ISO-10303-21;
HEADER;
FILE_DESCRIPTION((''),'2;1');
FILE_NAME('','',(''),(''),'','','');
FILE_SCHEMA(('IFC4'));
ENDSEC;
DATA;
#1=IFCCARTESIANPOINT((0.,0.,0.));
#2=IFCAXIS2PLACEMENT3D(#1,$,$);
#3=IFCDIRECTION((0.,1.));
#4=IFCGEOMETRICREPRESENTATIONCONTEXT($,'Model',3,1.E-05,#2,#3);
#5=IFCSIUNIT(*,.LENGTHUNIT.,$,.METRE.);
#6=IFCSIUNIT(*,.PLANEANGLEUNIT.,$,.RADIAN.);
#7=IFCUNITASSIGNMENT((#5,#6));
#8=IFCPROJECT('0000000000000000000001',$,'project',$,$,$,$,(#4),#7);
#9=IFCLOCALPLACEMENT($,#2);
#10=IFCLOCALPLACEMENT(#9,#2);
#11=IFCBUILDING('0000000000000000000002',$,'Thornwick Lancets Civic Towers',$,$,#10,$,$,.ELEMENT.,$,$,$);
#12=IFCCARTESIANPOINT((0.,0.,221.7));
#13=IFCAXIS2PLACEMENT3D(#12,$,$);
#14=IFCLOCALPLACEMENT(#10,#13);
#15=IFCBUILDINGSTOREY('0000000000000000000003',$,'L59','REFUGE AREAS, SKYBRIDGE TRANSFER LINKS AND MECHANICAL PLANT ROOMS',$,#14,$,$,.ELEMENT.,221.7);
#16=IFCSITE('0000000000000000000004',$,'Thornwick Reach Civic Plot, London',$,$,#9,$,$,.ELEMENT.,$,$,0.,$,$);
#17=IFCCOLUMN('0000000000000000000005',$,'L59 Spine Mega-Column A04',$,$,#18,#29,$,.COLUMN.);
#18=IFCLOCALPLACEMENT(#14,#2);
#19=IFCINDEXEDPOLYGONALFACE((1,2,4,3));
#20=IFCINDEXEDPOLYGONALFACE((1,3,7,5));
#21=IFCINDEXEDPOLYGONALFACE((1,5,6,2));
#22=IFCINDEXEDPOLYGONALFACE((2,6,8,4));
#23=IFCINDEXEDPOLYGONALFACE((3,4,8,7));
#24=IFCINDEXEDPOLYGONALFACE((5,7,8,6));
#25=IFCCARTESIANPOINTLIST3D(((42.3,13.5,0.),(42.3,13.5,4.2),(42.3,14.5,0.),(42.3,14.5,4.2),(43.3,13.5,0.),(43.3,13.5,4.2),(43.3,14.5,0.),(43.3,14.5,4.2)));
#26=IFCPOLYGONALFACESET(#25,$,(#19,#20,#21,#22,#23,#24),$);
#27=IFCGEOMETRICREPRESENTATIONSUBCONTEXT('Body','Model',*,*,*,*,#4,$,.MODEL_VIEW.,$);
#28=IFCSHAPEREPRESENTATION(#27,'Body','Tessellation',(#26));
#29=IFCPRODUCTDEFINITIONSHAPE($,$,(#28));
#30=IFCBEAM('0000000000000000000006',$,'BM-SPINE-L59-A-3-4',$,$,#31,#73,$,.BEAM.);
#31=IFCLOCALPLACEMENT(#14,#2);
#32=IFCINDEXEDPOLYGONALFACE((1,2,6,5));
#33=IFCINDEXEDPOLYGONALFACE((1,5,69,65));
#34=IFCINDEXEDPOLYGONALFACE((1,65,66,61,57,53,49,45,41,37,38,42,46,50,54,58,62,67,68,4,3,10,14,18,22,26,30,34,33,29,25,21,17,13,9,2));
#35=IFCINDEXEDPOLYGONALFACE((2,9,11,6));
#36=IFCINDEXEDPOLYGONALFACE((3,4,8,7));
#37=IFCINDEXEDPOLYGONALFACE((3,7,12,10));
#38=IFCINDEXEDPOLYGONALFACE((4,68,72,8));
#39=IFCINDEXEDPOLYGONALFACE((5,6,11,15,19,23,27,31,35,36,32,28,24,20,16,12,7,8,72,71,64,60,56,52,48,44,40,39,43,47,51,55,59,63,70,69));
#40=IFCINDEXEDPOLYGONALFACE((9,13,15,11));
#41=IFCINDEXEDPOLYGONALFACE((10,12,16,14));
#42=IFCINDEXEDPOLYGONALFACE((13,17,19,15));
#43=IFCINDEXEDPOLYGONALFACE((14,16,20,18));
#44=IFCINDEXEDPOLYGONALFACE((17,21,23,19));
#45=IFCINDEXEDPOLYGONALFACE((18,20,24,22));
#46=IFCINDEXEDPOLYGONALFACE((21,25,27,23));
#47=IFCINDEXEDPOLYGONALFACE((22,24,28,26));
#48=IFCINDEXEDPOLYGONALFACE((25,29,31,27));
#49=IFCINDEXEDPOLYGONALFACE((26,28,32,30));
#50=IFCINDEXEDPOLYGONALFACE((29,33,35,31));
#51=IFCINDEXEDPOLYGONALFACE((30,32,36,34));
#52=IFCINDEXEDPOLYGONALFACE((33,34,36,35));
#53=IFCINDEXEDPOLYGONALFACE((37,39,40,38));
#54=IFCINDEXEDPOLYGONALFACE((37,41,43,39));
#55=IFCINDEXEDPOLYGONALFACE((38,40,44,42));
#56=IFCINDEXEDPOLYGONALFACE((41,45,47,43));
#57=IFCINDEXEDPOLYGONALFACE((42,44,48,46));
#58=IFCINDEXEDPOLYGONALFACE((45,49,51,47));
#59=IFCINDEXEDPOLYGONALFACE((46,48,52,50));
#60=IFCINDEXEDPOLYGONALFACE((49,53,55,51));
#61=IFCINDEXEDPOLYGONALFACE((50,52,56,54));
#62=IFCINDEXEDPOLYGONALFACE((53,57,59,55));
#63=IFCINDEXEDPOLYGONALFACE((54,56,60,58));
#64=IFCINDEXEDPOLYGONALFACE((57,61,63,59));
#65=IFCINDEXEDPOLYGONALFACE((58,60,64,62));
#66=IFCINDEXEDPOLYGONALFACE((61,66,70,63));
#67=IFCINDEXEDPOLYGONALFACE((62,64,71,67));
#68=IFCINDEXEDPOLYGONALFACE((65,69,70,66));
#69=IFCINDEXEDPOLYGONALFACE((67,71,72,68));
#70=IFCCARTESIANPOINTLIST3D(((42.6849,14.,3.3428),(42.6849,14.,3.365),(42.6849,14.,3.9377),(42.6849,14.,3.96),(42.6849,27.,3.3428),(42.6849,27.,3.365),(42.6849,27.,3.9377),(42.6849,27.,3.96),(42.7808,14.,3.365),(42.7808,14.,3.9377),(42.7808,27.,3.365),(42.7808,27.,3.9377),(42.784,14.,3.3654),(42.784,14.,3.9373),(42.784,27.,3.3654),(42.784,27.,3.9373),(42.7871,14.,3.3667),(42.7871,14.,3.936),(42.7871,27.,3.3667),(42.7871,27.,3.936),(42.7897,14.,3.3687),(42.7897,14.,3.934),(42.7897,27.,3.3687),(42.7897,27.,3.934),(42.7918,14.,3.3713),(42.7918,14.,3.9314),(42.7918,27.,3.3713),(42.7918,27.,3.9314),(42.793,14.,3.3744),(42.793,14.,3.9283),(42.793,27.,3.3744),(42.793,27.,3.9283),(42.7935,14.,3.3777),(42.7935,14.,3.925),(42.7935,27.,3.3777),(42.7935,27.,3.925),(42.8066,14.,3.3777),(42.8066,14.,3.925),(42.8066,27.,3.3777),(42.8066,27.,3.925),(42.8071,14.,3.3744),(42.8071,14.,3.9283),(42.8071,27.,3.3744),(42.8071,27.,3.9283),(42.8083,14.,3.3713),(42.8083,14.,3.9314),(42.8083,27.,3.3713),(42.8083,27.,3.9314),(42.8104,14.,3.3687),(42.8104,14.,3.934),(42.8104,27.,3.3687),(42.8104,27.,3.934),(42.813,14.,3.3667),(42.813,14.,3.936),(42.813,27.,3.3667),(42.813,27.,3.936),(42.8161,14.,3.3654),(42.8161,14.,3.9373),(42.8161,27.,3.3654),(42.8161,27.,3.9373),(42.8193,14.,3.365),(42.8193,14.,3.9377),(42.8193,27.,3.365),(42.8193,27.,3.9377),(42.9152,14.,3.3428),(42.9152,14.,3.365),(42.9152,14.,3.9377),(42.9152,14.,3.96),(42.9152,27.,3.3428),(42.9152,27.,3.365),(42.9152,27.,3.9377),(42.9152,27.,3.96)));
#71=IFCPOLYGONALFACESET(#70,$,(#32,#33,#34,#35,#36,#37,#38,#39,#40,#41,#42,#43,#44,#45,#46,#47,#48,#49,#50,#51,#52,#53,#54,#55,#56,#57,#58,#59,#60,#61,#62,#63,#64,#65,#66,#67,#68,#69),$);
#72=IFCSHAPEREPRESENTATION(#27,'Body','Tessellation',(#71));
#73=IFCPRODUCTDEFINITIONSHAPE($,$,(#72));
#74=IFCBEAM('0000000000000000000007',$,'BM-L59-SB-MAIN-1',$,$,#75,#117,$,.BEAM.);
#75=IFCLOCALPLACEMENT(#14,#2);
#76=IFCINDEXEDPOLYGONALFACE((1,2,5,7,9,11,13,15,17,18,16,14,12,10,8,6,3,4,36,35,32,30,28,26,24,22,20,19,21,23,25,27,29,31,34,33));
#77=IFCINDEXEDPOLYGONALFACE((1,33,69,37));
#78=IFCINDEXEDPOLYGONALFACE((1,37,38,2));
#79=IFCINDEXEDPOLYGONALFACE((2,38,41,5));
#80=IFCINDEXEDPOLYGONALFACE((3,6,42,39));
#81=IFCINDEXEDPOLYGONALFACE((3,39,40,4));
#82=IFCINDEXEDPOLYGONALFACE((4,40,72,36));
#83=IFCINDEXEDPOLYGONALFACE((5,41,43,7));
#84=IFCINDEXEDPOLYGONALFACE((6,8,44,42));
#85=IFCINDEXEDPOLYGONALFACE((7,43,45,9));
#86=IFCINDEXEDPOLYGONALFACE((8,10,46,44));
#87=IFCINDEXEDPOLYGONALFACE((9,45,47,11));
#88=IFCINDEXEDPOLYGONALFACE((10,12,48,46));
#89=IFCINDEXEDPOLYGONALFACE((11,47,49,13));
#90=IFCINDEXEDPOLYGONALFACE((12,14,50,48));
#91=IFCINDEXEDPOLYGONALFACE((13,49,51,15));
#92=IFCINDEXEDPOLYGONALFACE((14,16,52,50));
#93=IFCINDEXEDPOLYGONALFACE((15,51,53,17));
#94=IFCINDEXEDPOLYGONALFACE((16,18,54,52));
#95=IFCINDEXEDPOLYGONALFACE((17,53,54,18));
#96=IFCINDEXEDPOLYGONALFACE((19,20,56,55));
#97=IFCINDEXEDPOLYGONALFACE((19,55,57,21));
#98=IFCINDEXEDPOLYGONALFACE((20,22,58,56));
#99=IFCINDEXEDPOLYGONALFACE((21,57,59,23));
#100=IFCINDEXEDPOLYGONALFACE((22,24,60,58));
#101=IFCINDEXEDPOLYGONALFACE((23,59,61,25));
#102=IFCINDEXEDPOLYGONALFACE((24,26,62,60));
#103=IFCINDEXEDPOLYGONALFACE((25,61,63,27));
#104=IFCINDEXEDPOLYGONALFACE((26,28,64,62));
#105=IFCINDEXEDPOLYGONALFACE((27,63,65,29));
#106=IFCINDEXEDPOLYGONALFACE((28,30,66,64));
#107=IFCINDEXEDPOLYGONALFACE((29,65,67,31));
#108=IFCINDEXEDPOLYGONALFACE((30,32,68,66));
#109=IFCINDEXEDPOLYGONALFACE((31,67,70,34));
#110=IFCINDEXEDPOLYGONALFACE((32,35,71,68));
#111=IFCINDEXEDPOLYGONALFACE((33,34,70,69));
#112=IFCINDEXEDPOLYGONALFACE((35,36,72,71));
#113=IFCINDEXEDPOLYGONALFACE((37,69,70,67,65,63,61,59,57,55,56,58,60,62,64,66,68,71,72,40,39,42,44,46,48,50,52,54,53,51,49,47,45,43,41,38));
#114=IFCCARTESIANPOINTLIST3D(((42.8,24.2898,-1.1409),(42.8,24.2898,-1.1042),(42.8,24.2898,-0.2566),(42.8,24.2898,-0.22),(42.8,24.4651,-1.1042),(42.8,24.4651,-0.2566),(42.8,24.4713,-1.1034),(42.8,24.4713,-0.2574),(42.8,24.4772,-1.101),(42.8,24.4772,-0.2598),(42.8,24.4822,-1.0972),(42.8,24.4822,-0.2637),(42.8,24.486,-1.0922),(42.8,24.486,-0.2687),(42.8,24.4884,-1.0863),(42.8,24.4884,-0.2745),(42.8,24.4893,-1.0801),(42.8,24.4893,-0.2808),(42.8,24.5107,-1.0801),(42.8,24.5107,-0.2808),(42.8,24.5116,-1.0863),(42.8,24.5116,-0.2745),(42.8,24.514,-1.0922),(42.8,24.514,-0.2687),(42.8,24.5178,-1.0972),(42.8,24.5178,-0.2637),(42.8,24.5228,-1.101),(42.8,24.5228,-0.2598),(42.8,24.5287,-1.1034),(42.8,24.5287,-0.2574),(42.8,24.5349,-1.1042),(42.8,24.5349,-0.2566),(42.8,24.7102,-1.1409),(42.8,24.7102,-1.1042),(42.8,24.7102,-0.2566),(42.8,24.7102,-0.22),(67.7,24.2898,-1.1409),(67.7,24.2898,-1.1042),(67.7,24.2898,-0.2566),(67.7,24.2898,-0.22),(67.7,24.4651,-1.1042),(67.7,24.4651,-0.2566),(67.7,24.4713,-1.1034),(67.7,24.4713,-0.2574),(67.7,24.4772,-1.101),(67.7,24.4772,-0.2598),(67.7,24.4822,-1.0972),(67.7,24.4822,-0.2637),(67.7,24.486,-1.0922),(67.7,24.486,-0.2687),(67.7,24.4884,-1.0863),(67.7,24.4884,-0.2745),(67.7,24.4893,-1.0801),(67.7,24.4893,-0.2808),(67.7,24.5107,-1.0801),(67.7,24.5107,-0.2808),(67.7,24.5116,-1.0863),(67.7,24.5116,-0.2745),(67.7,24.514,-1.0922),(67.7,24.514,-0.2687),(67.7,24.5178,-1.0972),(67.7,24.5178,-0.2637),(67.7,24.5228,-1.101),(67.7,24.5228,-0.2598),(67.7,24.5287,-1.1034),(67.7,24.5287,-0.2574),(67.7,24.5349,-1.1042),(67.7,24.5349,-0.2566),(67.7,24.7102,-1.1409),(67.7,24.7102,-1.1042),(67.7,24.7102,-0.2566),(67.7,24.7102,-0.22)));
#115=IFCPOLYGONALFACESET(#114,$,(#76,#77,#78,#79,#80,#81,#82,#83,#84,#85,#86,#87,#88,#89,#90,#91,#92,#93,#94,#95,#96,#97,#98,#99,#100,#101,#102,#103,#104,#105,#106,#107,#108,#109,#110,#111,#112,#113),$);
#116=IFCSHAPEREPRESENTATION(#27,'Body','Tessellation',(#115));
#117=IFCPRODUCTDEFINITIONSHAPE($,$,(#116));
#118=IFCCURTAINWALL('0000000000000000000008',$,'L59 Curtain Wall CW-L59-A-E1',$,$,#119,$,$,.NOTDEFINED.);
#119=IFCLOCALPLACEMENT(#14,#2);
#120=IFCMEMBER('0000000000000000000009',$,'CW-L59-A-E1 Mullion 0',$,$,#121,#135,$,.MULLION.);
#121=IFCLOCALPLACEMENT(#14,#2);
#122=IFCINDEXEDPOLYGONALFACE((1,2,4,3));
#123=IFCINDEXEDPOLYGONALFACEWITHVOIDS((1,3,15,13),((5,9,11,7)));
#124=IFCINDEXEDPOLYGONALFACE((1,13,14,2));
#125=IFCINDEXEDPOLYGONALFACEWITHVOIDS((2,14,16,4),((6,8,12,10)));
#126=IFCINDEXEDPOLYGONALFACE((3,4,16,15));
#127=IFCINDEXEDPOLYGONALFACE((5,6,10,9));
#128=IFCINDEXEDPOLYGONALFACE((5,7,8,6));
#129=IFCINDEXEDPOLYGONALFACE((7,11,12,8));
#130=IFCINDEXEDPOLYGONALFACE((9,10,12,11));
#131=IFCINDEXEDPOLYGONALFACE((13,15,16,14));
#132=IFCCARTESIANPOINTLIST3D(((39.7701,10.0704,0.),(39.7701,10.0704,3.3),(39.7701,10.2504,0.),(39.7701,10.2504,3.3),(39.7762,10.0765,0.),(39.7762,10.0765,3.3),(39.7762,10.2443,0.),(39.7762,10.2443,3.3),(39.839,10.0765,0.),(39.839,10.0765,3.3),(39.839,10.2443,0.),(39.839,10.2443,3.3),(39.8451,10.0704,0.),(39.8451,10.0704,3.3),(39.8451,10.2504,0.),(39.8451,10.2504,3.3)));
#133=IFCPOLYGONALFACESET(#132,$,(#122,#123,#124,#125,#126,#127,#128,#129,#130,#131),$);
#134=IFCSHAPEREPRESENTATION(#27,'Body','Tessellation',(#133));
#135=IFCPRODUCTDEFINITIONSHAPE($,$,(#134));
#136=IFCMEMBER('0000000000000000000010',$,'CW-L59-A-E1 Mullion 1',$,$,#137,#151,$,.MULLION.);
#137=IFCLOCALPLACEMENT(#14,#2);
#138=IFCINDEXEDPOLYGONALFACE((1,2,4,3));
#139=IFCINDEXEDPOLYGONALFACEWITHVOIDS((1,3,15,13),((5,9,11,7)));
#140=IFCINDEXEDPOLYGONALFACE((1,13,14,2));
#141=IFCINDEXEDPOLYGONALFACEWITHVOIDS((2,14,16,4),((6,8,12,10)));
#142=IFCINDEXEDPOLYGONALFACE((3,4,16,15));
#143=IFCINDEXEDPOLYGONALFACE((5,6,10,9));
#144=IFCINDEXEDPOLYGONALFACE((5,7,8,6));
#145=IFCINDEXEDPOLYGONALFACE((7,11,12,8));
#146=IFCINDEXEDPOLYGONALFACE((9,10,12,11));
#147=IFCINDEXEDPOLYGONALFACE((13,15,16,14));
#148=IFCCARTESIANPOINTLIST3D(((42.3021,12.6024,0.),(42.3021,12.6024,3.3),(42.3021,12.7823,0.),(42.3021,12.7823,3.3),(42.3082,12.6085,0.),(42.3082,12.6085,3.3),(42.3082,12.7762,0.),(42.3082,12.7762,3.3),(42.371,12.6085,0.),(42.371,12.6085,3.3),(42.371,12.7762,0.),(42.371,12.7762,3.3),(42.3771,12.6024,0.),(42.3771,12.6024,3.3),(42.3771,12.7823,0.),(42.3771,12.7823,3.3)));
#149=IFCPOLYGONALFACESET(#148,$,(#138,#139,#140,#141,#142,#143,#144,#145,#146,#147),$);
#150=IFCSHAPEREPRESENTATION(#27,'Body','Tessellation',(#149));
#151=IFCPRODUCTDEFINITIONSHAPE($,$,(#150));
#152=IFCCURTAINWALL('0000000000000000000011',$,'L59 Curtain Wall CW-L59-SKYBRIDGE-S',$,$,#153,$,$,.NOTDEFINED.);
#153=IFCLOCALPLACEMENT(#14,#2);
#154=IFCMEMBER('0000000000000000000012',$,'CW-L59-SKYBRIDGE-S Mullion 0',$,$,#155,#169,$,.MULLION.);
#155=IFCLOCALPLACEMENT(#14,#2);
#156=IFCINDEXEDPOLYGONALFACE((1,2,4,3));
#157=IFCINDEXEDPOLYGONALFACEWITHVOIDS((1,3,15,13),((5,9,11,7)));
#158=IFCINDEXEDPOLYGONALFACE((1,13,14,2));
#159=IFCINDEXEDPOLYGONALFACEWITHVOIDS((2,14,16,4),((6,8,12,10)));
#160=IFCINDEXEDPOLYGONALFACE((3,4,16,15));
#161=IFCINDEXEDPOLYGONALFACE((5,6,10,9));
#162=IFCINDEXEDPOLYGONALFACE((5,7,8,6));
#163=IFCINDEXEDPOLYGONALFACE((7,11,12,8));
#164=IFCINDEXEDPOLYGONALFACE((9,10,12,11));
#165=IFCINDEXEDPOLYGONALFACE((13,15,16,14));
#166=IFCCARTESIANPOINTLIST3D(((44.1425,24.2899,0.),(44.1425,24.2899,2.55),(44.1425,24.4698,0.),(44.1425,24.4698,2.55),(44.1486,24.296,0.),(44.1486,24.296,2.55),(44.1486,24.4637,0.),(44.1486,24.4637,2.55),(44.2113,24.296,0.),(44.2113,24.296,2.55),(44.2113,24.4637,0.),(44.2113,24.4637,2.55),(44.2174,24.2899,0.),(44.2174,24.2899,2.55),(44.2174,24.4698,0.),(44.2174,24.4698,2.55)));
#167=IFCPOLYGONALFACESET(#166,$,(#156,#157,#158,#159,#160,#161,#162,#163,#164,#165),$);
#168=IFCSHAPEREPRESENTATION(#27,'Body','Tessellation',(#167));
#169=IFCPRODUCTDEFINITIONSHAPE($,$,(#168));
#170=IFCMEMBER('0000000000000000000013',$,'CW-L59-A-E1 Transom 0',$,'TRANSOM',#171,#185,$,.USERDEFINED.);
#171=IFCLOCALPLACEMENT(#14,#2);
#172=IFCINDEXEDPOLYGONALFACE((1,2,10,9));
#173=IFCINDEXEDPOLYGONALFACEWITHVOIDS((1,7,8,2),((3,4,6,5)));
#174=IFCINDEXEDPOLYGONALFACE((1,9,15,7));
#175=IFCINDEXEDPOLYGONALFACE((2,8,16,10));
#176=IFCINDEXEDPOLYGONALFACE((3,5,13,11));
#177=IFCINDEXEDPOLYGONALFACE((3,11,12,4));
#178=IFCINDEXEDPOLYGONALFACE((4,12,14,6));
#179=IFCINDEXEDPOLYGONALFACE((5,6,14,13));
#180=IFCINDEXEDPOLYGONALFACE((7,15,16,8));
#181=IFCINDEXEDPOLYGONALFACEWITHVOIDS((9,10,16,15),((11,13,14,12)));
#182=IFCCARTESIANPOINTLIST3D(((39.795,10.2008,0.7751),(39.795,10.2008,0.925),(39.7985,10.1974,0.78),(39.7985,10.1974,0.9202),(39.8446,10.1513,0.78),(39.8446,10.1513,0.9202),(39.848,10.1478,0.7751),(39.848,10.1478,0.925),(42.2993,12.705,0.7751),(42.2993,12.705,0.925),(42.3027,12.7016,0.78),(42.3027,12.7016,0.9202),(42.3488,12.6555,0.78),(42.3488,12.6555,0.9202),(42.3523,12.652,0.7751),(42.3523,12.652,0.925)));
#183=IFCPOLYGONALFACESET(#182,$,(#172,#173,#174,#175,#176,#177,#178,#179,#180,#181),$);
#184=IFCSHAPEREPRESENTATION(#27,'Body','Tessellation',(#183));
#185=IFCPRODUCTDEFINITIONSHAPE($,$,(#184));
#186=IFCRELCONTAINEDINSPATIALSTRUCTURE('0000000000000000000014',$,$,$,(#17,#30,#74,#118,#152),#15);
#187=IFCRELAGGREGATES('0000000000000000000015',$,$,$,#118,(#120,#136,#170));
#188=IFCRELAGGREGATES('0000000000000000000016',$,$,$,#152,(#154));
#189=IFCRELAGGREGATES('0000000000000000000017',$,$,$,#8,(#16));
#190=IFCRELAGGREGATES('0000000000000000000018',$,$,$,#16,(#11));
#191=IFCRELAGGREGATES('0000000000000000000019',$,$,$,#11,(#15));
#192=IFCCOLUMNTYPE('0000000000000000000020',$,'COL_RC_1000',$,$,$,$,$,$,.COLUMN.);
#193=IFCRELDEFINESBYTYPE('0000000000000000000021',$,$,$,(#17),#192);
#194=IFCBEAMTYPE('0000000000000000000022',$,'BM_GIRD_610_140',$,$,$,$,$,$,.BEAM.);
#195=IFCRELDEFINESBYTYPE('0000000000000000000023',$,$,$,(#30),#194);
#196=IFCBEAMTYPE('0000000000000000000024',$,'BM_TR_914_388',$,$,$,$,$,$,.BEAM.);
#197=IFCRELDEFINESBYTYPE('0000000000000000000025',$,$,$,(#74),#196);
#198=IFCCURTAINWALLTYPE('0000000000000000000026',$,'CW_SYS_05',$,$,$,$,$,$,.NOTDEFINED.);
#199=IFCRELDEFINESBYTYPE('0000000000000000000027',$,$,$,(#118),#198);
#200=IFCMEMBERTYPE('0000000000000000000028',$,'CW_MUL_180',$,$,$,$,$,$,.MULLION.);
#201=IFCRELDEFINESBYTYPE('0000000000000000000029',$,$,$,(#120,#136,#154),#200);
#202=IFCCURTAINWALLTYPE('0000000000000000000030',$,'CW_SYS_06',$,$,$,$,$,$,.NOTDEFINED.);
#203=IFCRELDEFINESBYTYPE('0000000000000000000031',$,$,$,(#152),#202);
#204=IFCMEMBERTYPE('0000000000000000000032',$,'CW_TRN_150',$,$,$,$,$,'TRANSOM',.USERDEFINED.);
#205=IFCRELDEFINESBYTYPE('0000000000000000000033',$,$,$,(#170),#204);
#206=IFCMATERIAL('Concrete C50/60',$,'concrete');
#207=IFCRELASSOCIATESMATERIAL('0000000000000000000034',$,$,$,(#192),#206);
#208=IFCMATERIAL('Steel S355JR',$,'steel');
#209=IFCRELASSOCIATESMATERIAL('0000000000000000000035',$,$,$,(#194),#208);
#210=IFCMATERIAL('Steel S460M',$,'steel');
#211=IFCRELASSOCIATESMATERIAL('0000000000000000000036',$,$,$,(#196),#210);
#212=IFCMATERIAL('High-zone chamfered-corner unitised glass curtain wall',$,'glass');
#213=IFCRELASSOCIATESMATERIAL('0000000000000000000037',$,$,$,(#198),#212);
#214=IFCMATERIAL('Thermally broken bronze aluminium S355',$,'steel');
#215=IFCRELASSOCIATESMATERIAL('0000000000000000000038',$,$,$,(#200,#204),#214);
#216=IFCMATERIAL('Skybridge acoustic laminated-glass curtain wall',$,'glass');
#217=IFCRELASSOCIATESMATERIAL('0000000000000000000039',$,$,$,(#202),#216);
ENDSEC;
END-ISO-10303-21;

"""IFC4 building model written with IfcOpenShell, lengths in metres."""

from ifc_helpers import new_model, si_unit, direction, frame, origin, origin_2d, place, context, subcontext, project, spatial, rectangle, hollow_rectangle, i_section, extrude, material, material_profile, profile_set, type_object, element, aggregate, save


model = new_model("IFC4")

# Units and contexts
model_context = context("Model", 3, precision=1e-05, world=origin(), true_north=direction((0.0, 1.0)))
body_context = subcontext(model_context, "Body", "Model", "MODEL_VIEW")
ifc_project = project(units=[si_unit("LENGTHUNIT", "METRE"), si_unit("PLANEANGLEUNIT", "RADIAN")], contexts=[model_context])

# Site, building, storey
site_placement = place(None, origin())
site = spatial("IfcSite", under=ifc_project, at=site_placement, Name="Thornwick Reach Civic Plot, London", CompositionType="ELEMENT", RefElevation=0.0)
building_placement = place(site_placement, origin())
building = spatial("IfcBuilding", under=site, at=building_placement, Name="Thornwick Lancets Civic Towers", CompositionType="ELEMENT")
storey_placement = place(building_placement, frame((0.0, 0.0, 221.7)))
storey = spatial("IfcBuildingStorey", under=building, at=storey_placement, Name="L59", Description="REFUGE AREAS, SKYBRIDGE TRANSFER LINKS AND MECHANICAL PLANT ROOMS", CompositionType="ELEMENT", Elevation=221.7)

# Column
ifc_material_1 = material(Name="Concrete C50/60", Category="concrete")
ifc_material_profile_1 = material_profile(ifc_material_1, rectangle(XDim=1.0, YDim=1.0, at=origin_2d()), Name="RC 1000x1000")
ifc_profile_set_1 = profile_set([ifc_material_profile_1], Name="Concrete C50/60")
column_type = type_object("IfcColumnType", Name="COL_RC_1000", PredefinedType="COLUMN", material=ifc_profile_set_1)
column_placement = place(storey_placement, frame((42.8, 14.0, 0.0), z_axis=(0.0, 0.0, 1.0), x_axis=(1.0, 0.0, 0.0)))
element("IfcColumn", 1, at=column_placement, inside=storey, type_object=column_type, Name="L59 Spine Mega-Column A04", PredefinedType="COLUMN", context=body_context, shape_type="SweptSolid", body=[
    extrude(rectangle(XDim=1.0, YDim=1.0, at=origin_2d()), origin(), (0.0, 0.0, 1.0), 4.2),
])

# Beams
ifc_material_2 = material(Name="Steel S355JR", Category="steel")
ifc_material_profile_2 = material_profile(ifc_material_2, i_section(OverallWidth=0.2302, OverallDepth=0.6172, WebThickness=0.0132, FlangeThickness=0.0222, FilletRadius=0.0127, at=origin_2d()), Name="UKB 610x229x140")
ifc_profile_set_2 = profile_set([ifc_material_profile_2], Name="Steel S355JR")
beam_type_1 = type_object("IfcBeamType", Name="BM_GIRD_610_140", PredefinedType="BEAM", material=ifc_profile_set_2)
beam_1_placement = place(storey_placement, frame((42.8, 14.0, 3.6514), z_axis=(0.0, 1.0, 0.0), x_axis=(-1.0, 0.0, 0.0)))
element("IfcBeam", 2, at=beam_1_placement, inside=storey, type_object=beam_type_1, Name="BM-SPINE-L59-A-3-4", PredefinedType="BEAM", context=body_context, shape_type="SweptSolid", body=[
    extrude(i_section(OverallWidth=0.2302, OverallDepth=0.6172, WebThickness=0.0132, FlangeThickness=0.0222, FilletRadius=0.0127, at=origin_2d()), origin(), (0.0, 0.0, 1.0), 13.0),
])
ifc_material_3 = material(Name="Steel S460M", Category="steel")
ifc_material_profile_3 = material_profile(ifc_material_3, i_section(OverallWidth=0.4204, OverallDepth=0.9209, WebThickness=0.0215, FlangeThickness=0.0366, FilletRadius=0.0242, at=origin_2d()), Name="UKB 914x419x388")
ifc_profile_set_3 = profile_set([ifc_material_profile_3], Name="Steel S460M")
beam_type_2 = type_object("IfcBeamType", Name="BM_TR_914_388", PredefinedType="BEAM", material=ifc_profile_set_3)
beam_2_placement = place(storey_placement, frame((42.8, 24.5, -0.6804), z_axis=(1.0, 0.0, 0.0), x_axis=(0.0, 1.0, 0.0)))
element("IfcBeam", 3, at=beam_2_placement, inside=storey, type_object=beam_type_2, Name="BM-L59-SB-MAIN-1", PredefinedType="BEAM", context=body_context, shape_type="SweptSolid", body=[
    extrude(i_section(OverallWidth=0.4204, OverallDepth=0.9209, WebThickness=0.0215, FlangeThickness=0.0366, FilletRadius=0.0242, at=origin_2d()), origin(), (0.0, 0.0, 1.0), 24.8999),
])

# Curtain wall, members
ifc_material_4 = material(Name="High-zone chamfered-corner unitised glass curtain wall", Category="glass")
curtain_wall_type_1 = type_object("IfcCurtainWallType", Name="CW_SYS_05", PredefinedType="NOTDEFINED", material=ifc_material_4)
curtain_wall_1_placement = place(storey_placement, origin())
curtain_wall_1 = element("IfcCurtainWall", 4, at=curtain_wall_1_placement, inside=storey, type_object=curtain_wall_type_1, Name="L59 Curtain Wall CW-L59-A-E1", PredefinedType="NOTDEFINED")
ifc_material_5 = material(Name="Thermally broken bronze aluminium S355", Category="steel")
ifc_material_profile_4 = material_profile(ifc_material_5, hollow_rectangle(XDim=0.075, YDim=0.1799, WallThickness=0.0061, at=origin_2d()), Name="RHS 180x75x6")
ifc_profile_set_4 = profile_set([ifc_material_profile_4], Name="Thermally broken bronze aluminium S355")
member_type_1 = type_object("IfcMemberType", Name="CW_MUL_180", PredefinedType="MULLION", material=ifc_profile_set_4)
member_1_placement = place(storey_placement, frame((39.8076, 10.1604, 0.0), z_axis=(0.0, 0.0, 1.0), x_axis=(1.0, 0.0, 0.0)))
member_1 = element("IfcMember", 5, at=member_1_placement, type_object=member_type_1, Name="CW-L59-A-E1 Mullion 0", PredefinedType="MULLION", context=body_context, shape_type="SweptSolid", body=[
    extrude(hollow_rectangle(XDim=0.075, YDim=0.1799, WallThickness=0.0061, at=origin_2d()), origin(), (0.0, 0.0, 1.0), 3.3),
])
member_2_placement = place(storey_placement, frame((42.3396, 12.6924, 0.0), z_axis=(0.0, 0.0, 1.0), x_axis=(1.0, 0.0, 0.0)))
member_2 = element("IfcMember", 6, at=member_2_placement, type_object=member_type_1, Name="CW-L59-A-E1 Mullion 1", PredefinedType="MULLION", context=body_context, shape_type="SweptSolid", body=[
    extrude(hollow_rectangle(XDim=0.075, YDim=0.1799, WallThickness=0.0061, at=origin_2d()), origin(), (0.0, 0.0, 1.0), 3.3),
])

# Curtain wall, member
ifc_material_6 = material(Name="Skybridge acoustic laminated-glass curtain wall", Category="glass")
curtain_wall_type_2 = type_object("IfcCurtainWallType", Name="CW_SYS_06", PredefinedType="NOTDEFINED", material=ifc_material_6)
curtain_wall_2_placement = place(storey_placement, origin())
curtain_wall_2 = element("IfcCurtainWall", 7, at=curtain_wall_2_placement, inside=storey, type_object=curtain_wall_type_2, Name="L59 Curtain Wall CW-L59-SKYBRIDGE-S", PredefinedType="NOTDEFINED")
member_3_placement = place(storey_placement, frame((44.1799, 24.3799, 0.0), z_axis=(0.0, 0.0, 1.0), x_axis=(1.0, 0.0, 0.0)))
member_3 = element("IfcMember", 8, at=member_3_placement, type_object=member_type_1, Name="CW-L59-SKYBRIDGE-S Mullion 0", PredefinedType="MULLION", context=body_context, shape_type="SweptSolid", body=[
    extrude(hollow_rectangle(XDim=0.075, YDim=0.1799, WallThickness=0.0061, at=origin_2d()), origin(), (0.0, 0.0, 1.0), 2.55),
])

# Member
ifc_material_profile_5 = material_profile(ifc_material_5, hollow_rectangle(XDim=0.075, YDim=0.1499, WallThickness=0.0049, at=origin_2d()), Name="RHS 150x75x5")
ifc_profile_set_5 = profile_set([ifc_material_profile_5], Name="Thermally broken bronze aluminium S355")
member_type_2 = type_object("IfcMemberType", Name="CW_TRN_150", ElementType="TRANSOM", PredefinedType="USERDEFINED", material=ifc_profile_set_5)
member_4_placement = place(storey_placement, frame((39.8215, 10.1743, 0.8501), z_axis=(0.707107, 0.707107, 0.0), x_axis=(-0.707107, 0.707107, 0.0)))
member_4 = element("IfcMember", 9, at=member_4_placement, type_object=member_type_2, Name="CW-L59-A-E1 Transom 0", ObjectType="TRANSOM", PredefinedType="USERDEFINED", context=body_context, shape_type="SweptSolid", body=[
    extrude(hollow_rectangle(XDim=0.075, YDim=0.1499, WallThickness=0.0049, at=origin_2d()), origin(), (0.0, 0.0, 1.0), 3.5415),
])

aggregate(curtain_wall_1, [member_1, member_2, member_4])
aggregate(curtain_wall_2, [member_3])

save(model, "model.ifc")
